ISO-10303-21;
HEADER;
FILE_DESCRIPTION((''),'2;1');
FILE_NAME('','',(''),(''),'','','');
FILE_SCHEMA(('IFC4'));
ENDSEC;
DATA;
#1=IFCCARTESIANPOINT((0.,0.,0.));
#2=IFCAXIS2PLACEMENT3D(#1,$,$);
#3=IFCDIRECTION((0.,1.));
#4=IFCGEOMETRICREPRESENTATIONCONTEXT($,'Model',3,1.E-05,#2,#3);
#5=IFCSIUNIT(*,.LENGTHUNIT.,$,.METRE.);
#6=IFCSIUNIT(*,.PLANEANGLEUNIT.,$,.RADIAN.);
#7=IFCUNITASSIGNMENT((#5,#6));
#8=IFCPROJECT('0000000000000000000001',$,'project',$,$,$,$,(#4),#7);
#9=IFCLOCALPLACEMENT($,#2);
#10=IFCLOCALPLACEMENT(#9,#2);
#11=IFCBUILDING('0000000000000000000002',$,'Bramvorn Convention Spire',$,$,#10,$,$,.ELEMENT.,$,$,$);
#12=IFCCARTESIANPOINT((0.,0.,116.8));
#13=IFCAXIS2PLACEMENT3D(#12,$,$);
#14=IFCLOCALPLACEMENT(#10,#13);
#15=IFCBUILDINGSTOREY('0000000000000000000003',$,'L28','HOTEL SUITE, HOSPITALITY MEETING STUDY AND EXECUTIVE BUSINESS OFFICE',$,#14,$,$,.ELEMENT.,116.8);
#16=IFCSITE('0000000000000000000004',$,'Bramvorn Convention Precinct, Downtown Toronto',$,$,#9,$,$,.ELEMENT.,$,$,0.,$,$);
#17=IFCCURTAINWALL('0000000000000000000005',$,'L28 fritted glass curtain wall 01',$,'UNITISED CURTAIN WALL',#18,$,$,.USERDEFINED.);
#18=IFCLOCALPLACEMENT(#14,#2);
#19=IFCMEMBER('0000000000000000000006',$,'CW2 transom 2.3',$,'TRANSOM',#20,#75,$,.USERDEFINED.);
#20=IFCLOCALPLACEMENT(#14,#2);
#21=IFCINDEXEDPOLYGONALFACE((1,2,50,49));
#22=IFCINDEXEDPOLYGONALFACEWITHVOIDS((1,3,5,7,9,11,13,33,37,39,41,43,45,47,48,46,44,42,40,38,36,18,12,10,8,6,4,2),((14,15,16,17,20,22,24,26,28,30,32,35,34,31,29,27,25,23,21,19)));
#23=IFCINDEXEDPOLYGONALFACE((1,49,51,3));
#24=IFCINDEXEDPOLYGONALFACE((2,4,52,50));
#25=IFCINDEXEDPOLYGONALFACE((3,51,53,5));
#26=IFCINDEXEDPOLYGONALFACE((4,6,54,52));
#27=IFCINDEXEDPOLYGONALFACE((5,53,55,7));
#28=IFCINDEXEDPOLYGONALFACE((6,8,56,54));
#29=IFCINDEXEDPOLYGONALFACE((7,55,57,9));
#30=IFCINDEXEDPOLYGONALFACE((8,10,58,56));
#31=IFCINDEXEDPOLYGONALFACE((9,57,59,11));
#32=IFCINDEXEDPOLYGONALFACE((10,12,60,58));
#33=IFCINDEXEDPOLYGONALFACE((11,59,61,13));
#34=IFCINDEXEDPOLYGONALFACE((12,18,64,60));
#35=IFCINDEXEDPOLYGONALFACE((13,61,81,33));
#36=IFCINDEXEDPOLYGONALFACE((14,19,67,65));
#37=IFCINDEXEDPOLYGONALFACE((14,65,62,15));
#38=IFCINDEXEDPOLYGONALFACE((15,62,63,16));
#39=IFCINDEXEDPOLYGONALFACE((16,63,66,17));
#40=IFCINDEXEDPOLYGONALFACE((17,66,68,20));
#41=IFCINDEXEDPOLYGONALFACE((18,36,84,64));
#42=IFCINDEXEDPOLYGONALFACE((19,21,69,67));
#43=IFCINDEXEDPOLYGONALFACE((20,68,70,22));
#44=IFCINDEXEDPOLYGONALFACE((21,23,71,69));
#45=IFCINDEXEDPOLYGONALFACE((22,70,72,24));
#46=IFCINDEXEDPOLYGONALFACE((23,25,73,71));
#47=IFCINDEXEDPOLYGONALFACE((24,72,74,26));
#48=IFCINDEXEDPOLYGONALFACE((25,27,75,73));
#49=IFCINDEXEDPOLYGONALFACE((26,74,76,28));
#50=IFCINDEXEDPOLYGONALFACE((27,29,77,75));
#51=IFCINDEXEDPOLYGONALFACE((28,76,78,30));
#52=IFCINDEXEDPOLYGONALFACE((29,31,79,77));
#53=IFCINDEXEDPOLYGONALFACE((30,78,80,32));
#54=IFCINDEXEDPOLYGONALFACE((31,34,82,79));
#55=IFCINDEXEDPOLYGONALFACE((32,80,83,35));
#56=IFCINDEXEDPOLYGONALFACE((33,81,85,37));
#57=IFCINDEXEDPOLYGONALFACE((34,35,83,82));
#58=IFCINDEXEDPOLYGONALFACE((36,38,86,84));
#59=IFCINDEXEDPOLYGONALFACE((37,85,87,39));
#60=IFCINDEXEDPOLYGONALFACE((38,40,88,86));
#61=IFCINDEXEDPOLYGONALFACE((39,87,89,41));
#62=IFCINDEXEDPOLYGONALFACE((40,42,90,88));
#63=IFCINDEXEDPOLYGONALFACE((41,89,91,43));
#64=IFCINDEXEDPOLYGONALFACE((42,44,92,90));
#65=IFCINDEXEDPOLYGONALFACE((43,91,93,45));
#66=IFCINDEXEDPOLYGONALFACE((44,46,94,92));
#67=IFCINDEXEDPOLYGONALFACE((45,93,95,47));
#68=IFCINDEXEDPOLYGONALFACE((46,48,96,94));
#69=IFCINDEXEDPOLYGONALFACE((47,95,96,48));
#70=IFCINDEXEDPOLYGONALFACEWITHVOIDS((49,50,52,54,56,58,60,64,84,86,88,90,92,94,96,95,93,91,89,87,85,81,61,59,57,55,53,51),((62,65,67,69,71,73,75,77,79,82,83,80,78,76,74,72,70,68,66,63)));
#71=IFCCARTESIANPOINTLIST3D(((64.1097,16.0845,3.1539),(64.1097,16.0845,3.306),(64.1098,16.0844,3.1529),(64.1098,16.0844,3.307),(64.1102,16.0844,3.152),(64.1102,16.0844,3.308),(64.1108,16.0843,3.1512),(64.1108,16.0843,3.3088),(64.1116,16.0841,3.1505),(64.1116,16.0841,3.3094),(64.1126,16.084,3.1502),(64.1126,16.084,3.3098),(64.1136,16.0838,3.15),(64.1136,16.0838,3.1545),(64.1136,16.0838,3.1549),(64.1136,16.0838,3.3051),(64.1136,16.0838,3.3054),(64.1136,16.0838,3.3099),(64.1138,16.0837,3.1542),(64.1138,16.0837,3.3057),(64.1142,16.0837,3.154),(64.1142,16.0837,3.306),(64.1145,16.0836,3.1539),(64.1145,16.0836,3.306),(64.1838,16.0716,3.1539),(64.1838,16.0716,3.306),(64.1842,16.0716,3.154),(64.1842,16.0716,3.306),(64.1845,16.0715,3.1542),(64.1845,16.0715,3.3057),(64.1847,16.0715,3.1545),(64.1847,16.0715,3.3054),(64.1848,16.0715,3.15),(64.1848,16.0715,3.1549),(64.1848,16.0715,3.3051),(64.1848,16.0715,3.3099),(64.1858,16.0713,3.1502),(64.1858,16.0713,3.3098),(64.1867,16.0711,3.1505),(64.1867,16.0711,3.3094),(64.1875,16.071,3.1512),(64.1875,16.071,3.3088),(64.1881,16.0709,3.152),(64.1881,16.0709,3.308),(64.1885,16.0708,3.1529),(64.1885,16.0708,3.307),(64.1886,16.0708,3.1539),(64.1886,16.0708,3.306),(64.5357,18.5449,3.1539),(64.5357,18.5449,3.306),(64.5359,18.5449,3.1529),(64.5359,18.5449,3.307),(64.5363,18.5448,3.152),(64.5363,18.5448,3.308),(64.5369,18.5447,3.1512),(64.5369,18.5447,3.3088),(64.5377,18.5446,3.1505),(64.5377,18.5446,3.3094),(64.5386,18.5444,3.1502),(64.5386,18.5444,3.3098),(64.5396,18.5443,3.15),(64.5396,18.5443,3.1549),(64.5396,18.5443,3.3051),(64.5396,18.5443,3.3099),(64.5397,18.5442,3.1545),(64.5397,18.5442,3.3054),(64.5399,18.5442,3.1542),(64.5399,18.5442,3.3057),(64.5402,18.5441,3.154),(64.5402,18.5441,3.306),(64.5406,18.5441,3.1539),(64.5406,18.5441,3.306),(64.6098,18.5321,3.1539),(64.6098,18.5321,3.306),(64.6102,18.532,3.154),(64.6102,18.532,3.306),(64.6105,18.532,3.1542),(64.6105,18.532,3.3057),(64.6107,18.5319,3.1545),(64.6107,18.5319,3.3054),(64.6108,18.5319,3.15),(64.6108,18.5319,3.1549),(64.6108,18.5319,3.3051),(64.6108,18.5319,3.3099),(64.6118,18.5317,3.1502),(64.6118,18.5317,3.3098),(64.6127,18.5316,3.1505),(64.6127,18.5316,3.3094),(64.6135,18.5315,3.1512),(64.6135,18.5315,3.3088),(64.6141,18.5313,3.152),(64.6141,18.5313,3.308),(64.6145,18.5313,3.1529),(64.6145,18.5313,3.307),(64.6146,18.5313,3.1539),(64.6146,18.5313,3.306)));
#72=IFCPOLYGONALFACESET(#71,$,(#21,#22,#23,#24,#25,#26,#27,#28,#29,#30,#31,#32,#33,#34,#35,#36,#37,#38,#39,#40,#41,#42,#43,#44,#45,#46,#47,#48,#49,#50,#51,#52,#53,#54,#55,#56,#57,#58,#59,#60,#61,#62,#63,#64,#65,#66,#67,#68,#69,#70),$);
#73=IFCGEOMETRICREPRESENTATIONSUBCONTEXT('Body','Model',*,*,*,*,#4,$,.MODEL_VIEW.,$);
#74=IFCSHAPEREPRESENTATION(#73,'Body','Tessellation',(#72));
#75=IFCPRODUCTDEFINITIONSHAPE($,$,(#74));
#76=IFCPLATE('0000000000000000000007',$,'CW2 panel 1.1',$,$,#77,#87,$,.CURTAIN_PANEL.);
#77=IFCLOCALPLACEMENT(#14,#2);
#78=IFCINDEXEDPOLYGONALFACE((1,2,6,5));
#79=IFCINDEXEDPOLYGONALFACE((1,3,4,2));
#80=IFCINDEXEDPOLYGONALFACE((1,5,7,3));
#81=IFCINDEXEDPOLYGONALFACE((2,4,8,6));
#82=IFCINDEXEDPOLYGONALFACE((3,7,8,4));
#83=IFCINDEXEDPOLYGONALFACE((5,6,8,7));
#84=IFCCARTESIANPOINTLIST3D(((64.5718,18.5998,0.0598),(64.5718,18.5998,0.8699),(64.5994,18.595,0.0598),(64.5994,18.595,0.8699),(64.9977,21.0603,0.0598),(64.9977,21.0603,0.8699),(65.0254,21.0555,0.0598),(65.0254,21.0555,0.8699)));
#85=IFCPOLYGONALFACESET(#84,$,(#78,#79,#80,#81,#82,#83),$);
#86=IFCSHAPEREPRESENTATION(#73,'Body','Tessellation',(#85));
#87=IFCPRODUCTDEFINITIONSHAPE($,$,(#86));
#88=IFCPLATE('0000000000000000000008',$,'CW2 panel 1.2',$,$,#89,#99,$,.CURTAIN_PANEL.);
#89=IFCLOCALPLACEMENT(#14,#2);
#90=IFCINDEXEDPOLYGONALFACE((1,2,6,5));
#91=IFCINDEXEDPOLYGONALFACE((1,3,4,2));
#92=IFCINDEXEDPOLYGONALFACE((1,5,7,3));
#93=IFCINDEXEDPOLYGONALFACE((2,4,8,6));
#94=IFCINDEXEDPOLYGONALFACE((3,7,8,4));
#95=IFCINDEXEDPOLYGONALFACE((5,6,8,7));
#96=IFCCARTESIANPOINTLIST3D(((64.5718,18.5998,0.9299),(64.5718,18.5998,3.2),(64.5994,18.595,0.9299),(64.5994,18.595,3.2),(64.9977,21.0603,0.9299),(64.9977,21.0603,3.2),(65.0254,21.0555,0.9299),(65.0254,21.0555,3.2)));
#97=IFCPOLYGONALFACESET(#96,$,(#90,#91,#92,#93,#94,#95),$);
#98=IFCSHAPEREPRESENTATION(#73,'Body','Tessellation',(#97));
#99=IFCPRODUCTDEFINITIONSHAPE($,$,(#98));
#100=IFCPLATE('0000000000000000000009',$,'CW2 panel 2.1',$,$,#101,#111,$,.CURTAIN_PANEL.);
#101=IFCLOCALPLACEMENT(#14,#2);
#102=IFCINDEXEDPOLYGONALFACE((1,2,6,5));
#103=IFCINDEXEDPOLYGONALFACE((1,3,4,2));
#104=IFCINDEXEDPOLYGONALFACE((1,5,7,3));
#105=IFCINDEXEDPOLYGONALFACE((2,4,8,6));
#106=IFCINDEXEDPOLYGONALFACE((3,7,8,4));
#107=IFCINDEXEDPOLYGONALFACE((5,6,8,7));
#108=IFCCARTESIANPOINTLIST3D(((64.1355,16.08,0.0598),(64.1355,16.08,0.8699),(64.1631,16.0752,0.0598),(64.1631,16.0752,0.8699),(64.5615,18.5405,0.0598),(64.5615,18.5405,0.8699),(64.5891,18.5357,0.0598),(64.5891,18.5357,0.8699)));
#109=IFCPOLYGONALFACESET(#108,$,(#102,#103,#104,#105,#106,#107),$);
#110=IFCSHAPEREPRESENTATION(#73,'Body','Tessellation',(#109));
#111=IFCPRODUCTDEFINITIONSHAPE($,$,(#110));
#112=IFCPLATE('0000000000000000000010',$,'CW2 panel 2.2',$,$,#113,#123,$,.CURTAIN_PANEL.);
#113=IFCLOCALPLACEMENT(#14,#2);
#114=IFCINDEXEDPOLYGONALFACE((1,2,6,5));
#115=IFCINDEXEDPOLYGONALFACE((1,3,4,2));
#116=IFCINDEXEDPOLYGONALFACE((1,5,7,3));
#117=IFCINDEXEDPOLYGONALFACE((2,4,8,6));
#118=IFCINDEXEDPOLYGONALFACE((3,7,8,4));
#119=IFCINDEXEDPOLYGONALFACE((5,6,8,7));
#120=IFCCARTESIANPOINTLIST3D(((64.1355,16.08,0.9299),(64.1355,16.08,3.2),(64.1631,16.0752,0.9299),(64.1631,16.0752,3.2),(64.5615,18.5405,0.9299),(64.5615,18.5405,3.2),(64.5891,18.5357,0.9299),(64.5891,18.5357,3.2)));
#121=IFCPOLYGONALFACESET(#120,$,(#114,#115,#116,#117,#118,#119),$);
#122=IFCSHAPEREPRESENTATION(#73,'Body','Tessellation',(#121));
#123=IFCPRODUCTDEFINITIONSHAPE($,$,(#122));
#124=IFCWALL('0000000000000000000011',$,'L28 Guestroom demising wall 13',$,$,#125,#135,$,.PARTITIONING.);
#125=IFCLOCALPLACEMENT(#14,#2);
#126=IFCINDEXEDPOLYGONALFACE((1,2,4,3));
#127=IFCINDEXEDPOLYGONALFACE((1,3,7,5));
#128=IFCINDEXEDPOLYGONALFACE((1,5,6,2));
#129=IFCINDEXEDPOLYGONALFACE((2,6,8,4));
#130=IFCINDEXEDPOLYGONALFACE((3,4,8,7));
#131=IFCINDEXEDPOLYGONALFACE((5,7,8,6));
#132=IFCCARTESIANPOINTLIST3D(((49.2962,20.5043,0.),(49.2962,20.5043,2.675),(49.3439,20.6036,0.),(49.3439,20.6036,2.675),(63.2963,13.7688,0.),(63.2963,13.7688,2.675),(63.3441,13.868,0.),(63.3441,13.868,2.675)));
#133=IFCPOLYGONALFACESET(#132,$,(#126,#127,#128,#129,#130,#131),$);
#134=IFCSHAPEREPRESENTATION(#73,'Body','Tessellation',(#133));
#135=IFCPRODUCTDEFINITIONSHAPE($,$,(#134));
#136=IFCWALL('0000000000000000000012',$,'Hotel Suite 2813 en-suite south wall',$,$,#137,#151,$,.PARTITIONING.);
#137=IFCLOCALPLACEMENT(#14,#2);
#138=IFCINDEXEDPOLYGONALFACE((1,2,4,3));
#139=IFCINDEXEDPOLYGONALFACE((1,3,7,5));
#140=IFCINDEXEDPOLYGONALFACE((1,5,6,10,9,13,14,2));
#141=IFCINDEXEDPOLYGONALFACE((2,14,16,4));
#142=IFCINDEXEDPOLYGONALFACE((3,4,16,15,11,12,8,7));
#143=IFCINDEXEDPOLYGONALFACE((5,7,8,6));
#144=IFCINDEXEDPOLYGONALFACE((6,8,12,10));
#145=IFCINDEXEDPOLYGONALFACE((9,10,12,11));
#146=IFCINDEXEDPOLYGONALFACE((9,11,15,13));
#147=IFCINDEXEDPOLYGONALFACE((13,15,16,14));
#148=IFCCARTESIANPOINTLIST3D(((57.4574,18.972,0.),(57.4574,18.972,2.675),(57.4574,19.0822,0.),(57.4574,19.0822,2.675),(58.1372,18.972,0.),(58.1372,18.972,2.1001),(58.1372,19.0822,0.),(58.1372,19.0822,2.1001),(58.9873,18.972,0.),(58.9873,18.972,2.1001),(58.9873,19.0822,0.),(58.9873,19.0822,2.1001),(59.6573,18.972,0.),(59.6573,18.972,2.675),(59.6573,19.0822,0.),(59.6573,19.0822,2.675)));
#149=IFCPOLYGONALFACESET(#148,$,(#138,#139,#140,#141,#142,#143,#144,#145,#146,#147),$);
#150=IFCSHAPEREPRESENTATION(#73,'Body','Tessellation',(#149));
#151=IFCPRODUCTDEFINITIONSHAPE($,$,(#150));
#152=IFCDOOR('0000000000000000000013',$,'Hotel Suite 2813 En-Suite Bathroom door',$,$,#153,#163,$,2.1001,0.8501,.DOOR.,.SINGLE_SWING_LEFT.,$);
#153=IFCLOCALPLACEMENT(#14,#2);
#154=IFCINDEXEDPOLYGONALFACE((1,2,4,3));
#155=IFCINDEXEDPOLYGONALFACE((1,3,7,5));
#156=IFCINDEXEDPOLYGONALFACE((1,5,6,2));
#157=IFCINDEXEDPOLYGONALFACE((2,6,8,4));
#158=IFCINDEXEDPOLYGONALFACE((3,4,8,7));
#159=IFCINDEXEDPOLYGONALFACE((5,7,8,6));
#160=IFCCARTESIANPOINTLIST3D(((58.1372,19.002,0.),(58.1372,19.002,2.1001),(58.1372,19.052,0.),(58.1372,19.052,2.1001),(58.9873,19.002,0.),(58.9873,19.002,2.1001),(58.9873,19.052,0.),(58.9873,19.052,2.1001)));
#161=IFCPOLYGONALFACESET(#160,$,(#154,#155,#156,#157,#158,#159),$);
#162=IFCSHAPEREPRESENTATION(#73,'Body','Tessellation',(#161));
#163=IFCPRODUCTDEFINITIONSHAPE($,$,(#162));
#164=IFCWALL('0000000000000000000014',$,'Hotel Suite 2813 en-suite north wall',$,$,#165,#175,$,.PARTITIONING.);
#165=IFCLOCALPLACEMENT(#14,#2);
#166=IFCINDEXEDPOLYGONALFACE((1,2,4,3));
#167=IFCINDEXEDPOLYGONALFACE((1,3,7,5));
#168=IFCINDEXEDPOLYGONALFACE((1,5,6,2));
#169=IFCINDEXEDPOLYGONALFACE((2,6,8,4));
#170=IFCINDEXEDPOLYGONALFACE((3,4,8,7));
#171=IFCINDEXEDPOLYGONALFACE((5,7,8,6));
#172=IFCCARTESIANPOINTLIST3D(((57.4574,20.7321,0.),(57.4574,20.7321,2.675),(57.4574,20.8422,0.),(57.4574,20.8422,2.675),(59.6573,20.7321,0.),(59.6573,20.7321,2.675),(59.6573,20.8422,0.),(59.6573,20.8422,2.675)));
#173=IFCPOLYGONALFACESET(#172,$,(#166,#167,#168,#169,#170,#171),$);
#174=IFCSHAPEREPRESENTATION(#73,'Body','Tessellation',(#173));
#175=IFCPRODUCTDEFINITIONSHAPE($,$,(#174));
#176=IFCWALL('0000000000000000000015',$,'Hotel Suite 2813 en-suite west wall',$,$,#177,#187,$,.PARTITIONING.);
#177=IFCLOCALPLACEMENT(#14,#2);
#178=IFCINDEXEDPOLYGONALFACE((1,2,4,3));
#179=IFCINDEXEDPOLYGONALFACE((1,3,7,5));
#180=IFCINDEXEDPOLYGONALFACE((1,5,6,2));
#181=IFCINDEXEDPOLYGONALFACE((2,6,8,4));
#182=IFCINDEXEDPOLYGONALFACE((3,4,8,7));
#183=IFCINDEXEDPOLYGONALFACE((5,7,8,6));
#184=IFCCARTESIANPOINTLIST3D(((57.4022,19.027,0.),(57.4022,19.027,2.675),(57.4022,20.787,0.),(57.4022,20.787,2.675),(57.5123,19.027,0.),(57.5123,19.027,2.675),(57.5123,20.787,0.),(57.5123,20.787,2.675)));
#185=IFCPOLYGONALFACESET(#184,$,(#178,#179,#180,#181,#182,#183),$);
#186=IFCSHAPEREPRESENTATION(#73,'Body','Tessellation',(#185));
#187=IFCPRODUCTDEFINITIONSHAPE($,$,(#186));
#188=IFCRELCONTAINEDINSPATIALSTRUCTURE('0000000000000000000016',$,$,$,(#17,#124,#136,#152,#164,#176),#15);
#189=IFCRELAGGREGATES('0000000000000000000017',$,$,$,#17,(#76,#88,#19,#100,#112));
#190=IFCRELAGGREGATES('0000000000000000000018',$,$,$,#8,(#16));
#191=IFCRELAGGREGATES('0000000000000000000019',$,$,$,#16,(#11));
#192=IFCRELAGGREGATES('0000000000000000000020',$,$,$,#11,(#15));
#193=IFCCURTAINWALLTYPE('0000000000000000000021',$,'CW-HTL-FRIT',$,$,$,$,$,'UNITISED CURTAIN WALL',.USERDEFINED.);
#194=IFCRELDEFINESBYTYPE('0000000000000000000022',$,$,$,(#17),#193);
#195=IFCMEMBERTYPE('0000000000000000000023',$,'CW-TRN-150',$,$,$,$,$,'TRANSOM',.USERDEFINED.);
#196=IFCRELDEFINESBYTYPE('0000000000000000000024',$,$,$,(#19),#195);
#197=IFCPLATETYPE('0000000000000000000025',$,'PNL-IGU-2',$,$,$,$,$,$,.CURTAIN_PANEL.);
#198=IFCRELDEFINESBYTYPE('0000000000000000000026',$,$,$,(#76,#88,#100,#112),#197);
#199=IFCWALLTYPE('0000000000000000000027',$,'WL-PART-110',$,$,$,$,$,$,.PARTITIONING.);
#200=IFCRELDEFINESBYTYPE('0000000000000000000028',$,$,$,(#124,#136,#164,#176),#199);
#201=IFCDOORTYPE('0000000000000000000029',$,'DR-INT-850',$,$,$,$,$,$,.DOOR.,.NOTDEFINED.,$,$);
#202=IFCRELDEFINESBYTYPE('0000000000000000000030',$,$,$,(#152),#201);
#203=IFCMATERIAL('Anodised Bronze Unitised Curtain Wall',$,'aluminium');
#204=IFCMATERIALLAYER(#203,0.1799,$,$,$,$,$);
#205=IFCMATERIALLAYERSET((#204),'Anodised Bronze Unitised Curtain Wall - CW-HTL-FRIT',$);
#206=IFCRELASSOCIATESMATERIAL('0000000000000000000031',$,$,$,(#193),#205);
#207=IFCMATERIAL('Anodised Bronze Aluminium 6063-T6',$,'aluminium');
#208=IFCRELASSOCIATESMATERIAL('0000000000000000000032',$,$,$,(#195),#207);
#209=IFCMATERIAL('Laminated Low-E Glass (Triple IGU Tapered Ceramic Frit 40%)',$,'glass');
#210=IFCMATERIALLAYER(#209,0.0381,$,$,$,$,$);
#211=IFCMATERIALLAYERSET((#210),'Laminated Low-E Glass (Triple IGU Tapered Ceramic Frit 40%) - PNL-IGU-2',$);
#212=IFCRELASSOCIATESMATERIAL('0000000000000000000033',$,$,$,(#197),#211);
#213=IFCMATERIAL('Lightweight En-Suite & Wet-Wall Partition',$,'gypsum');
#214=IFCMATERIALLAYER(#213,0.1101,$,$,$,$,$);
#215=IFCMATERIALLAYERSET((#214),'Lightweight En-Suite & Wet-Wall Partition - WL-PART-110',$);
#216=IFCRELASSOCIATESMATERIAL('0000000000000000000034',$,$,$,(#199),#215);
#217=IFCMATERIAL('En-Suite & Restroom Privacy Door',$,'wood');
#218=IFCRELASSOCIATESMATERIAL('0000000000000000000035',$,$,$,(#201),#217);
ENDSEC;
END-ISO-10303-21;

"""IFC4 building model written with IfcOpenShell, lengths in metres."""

from ifc_helpers import new_model, si_unit, direction, frame, frame_2d, origin, origin_2d, place, context, subcontext, project, spatial, rectangle, hollow_rectangle, extrude, material, layer, layer_set, material_profile, profile_set, type_object, element, fill, aggregate, save


model = new_model("IFC4")

# Units and contexts
model_context = context("Model", 3, precision=1e-05, world=origin(), true_north=direction((0.0, 1.0)))
body_context = subcontext(model_context, "Body", "Model", "MODEL_VIEW")
ifc_project = project(units=[si_unit("LENGTHUNIT", "METRE"), si_unit("PLANEANGLEUNIT", "RADIAN")], contexts=[model_context])

# Site, building, storey
site_placement = place(None, origin())
site = spatial("IfcSite", under=ifc_project, at=site_placement, Name="Bramvorn Convention Precinct, Downtown Toronto", CompositionType="ELEMENT", RefElevation=0.0)
building_placement = place(site_placement, origin())
building = spatial("IfcBuilding", under=site, at=building_placement, Name="Bramvorn Convention Spire", CompositionType="ELEMENT")
storey_placement = place(building_placement, frame((0.0, 0.0, 116.8)))
storey = spatial("IfcBuildingStorey", under=building, at=storey_placement, Name="L28", Description="HOTEL SUITE, HOSPITALITY MEETING STUDY AND EXECUTIVE BUSINESS OFFICE", CompositionType="ELEMENT", Elevation=116.8)

# Curtain wall, member, plates
ifc_material_1 = material(Name="Anodised Bronze Unitised Curtain Wall", Category="aluminium")
ifc_layer_1 = layer(ifc_material_1, 0.1799)
ifc_layer_set_1 = layer_set([ifc_layer_1], Name="Anodised Bronze Unitised Curtain Wall - CW-HTL-FRIT")
curtain_wall_type = type_object("IfcCurtainWallType", Name="CW-HTL-FRIT", ElementType="UNITISED CURTAIN WALL", PredefinedType="USERDEFINED", material=ifc_layer_set_1)
curtain_wall_placement = place(storey_placement, origin())
curtain_wall = element("IfcCurtainWall", 1, at=curtain_wall_placement, inside=storey, type_object=curtain_wall_type, Name="L28 fritted glass curtain wall 01", ObjectType="UNITISED CURTAIN WALL", PredefinedType="USERDEFINED")
ifc_material_2 = material(Name="Anodised Bronze Aluminium 6063-T6", Category="aluminium")
ifc_material_profile_1 = material_profile(ifc_material_2, hollow_rectangle(XDim=0.0801, YDim=0.1599, WallThickness=0.0039, InnerFilletRadius=0.001, OuterFilletRadius=0.0039, at=origin_2d()))
ifc_profile_set_1 = profile_set([ifc_material_profile_1], Name="Anodised Bronze Aluminium 6063-T6 - CWT80X160")
member_type_1 = type_object("IfcMemberType", Name="CW-TRN-150", ElementType="TRANSOM", PredefinedType="USERDEFINED", material=ifc_profile_set_1)
member_1_placement = place(storey_placement, frame((64.5752, 18.5381, 3.23), z_axis=(-0.170611, -0.985338, 0.0), x_axis=(0.985338, -0.170611, 0.0)))
member_1 = element("IfcMember", 2, at=member_1_placement, type_object=member_type_1, Name="CW2 transom 2.3", ObjectType="TRANSOM", PredefinedType="USERDEFINED", context=body_context, shape_type="SweptSolid", body=[
    extrude(hollow_rectangle(XDim=0.0801, YDim=0.1599, WallThickness=0.0039, InnerFilletRadius=0.001, OuterFilletRadius=0.0039, at=origin_2d()), origin(), (0.0, 0.0, 1.0), 2.4971),
])
ifc_material_3 = material(Name="Laminated Low-E Glass (Triple IGU Tapered Ceramic Frit 40%)", Category="glass")
ifc_layer_2 = layer(ifc_material_3, 0.0381)
ifc_layer_set_2 = layer_set([ifc_layer_2], Name="Laminated Low-E Glass (Triple IGU Tapered Ceramic Frit 40%) - PNL-IGU-2")
plate_type = type_object("IfcPlateType", Name="PNL-IGU-2", PredefinedType="CURTAIN_PANEL", material=ifc_layer_set_2)
plate_1_placement = place(storey_placement, frame((64.7986, 19.8276, 0.0598), z_axis=(0.0, 0.0, 1.0), x_axis=(-0.170592, -0.985342, 0.0)))
plate_1 = element("IfcPlate", 3, at=plate_1_placement, type_object=plate_type, Name="CW2 panel 1.1", PredefinedType="CURTAIN_PANEL", context=body_context, shape_type="SweptSolid", body=[
    extrude(rectangle(XDim=2.4971, YDim=0.0281, at=origin_2d()), origin(), (0.0, 0.0, 1.0), 0.8101),
])
plate_2_placement = place(storey_placement, frame((64.7986, 19.8276, 0.9299), z_axis=(0.0, 0.0, 1.0), x_axis=(-0.170592, -0.985342, 0.0)))
plate_2 = element("IfcPlate", 4, at=plate_2_placement, type_object=plate_type, Name="CW2 panel 1.2", PredefinedType="CURTAIN_PANEL", context=body_context, shape_type="SweptSolid", body=[
    extrude(rectangle(XDim=2.4971, YDim=0.0281, at=origin_2d()), origin(), (0.0, 0.0, 1.0), 2.27),
])
plate_3_placement = place(storey_placement, frame((64.3623, 17.3079, 0.0598), z_axis=(0.0, 0.0, 1.0), x_axis=(-0.170592, -0.985342, 0.0)))
plate_3 = element("IfcPlate", 5, at=plate_3_placement, type_object=plate_type, Name="CW2 panel 2.1", PredefinedType="CURTAIN_PANEL", context=body_context, shape_type="SweptSolid", body=[
    extrude(rectangle(XDim=2.4971, YDim=0.0281, at=origin_2d()), origin(), (0.0, 0.0, 1.0), 0.8101),
])
plate_4_placement = place(storey_placement, frame((64.3623, 17.3079, 0.9299), z_axis=(0.0, 0.0, 1.0), x_axis=(-0.170592, -0.985342, 0.0)))
plate_4 = element("IfcPlate", 6, at=plate_4_placement, type_object=plate_type, Name="CW2 panel 2.2", PredefinedType="CURTAIN_PANEL", context=body_context, shape_type="SweptSolid", body=[
    extrude(rectangle(XDim=2.4971, YDim=0.0281, at=origin_2d()), origin(), (0.0, 0.0, 1.0), 2.27),
])
aggregate(curtain_wall, [plate_1, plate_2, member_1, plate_3, plate_4])

# Wall
ifc_material_4 = material(Name="Lightweight En-Suite & Wet-Wall Partition", Category="gypsum")
ifc_layer_3 = layer(ifc_material_4, 0.1101)
ifc_layer_set_3 = layer_set([ifc_layer_3], Name="Lightweight En-Suite & Wet-Wall Partition - WL-PART-110")
wall_type = type_object("IfcWallType", Name="WL-PART-110", PredefinedType="PARTITIONING", material=ifc_layer_set_3)
wall_1_placement = place(storey_placement, frame((49.3201, 20.554, 0.0), z_axis=(0.0, 0.0, 1.0), x_axis=(0.901134, -0.433541, 0.0)))
element("IfcWall", 7, at=wall_1_placement, inside=storey, type_object=wall_type, Name="L28 Guestroom demising wall 13", PredefinedType="PARTITIONING", context=body_context, shape_type="SweptSolid", body=[
    extrude(rectangle(XDim=15.5361, YDim=0.1101, at=frame_2d((7.7681, 0.0))), origin(), (0.0, 0.0, 1.0), 2.675),
])

# Wall, opening, door
wall_2_placement = place(storey_placement, frame((57.4573, 19.0271, 0.0), z_axis=(0.0, 0.0, 1.0), x_axis=(1.0, 0.0, 0.0)))
wall_2 = element("IfcWall", 8, at=wall_2_placement, inside=storey, type_object=wall_type, Name="Hotel Suite 2813 en-suite south wall", PredefinedType="PARTITIONING", context=body_context, shape_type="SweptSolid", body=[
    extrude(rectangle(XDim=2.2, YDim=0.1101, at=frame_2d((1.1001, 0.0))), origin(), (0.0, 0.0, 1.0), 2.675),
])
opening_placement = place(wall_2_placement, frame((0.6799, 0.0, 0.0)))
opening = element("IfcOpeningElement", 9, at=opening_placement, cuts=wall_2, PredefinedType="OPENING", context=body_context, shape_type="SweptSolid", body=[
    extrude(rectangle(XDim=0.8501, YDim=2.1001, at=frame_2d((0.425, 1.05))), frame((0.0, 0.0649, 0.0), z_axis=(0.0, -1.0, 0.0), x_axis=(1.0, 0.0, 0.0)), (0.0, 0.0, 1.0), 0.1301),
])
ifc_material_5 = material(Name="En-Suite & Restroom Privacy Door", Category="wood")
door_type = type_object("IfcDoorType", Name="DR-INT-850", OperationType="NOTDEFINED", PredefinedType="DOOR", material=ifc_material_5)
door_placement = place(opening_placement, origin())
door = element("IfcDoor", 10, at=door_placement, inside=storey, type_object=door_type, Name="Hotel Suite 2813 En-Suite Bathroom door", OperationType="SINGLE_SWING_LEFT", OverallHeight=2.1001, OverallWidth=0.8501, PredefinedType="DOOR", context=body_context, shape_type="SweptSolid", body=[
    extrude(rectangle(XDim=0.8501, YDim=2.1001, at=frame_2d((0.425, 1.05))), frame((0.0, 0.0249, 0.0), z_axis=(0.0, -1.0, 0.0), x_axis=(1.0, 0.0, 0.0)), (0.0, 0.0, 1.0), 0.05),
])
fill(opening, door)

# Walls
wall_3_placement = place(storey_placement, frame((57.4573, 20.7871, 0.0), z_axis=(0.0, 0.0, 1.0), x_axis=(1.0, 0.0, 0.0)))
element("IfcWall", 11, at=wall_3_placement, inside=storey, type_object=wall_type, Name="Hotel Suite 2813 en-suite north wall", PredefinedType="PARTITIONING", context=body_context, shape_type="SweptSolid", body=[
    extrude(rectangle(XDim=2.2, YDim=0.1101, at=frame_2d((1.1001, 0.0))), origin(), (0.0, 0.0, 1.0), 2.675),
])
for number, where, z_axis, x_axis, name in (
    (12, (57.4573, 19.0271, 0.0), (0.0, 0.0, 1.0), (0.0, 1.0, 0.0), "Hotel Suite 2813 en-suite west wall"),
):
    element("IfcWall", number, at=place(storey_placement, frame(where, z_axis=z_axis, x_axis=x_axis)), inside=storey, type_object=wall_type, Name=name, PredefinedType="PARTITIONING", context=body_context, shape_type="SweptSolid", body=[
        extrude(rectangle(XDim=1.76, YDim=0.1101, at=frame_2d((0.8799, 0.0))), origin(), (0.0, 0.0, 1.0), 2.675),
    ])

save(model, "model.ifc")
